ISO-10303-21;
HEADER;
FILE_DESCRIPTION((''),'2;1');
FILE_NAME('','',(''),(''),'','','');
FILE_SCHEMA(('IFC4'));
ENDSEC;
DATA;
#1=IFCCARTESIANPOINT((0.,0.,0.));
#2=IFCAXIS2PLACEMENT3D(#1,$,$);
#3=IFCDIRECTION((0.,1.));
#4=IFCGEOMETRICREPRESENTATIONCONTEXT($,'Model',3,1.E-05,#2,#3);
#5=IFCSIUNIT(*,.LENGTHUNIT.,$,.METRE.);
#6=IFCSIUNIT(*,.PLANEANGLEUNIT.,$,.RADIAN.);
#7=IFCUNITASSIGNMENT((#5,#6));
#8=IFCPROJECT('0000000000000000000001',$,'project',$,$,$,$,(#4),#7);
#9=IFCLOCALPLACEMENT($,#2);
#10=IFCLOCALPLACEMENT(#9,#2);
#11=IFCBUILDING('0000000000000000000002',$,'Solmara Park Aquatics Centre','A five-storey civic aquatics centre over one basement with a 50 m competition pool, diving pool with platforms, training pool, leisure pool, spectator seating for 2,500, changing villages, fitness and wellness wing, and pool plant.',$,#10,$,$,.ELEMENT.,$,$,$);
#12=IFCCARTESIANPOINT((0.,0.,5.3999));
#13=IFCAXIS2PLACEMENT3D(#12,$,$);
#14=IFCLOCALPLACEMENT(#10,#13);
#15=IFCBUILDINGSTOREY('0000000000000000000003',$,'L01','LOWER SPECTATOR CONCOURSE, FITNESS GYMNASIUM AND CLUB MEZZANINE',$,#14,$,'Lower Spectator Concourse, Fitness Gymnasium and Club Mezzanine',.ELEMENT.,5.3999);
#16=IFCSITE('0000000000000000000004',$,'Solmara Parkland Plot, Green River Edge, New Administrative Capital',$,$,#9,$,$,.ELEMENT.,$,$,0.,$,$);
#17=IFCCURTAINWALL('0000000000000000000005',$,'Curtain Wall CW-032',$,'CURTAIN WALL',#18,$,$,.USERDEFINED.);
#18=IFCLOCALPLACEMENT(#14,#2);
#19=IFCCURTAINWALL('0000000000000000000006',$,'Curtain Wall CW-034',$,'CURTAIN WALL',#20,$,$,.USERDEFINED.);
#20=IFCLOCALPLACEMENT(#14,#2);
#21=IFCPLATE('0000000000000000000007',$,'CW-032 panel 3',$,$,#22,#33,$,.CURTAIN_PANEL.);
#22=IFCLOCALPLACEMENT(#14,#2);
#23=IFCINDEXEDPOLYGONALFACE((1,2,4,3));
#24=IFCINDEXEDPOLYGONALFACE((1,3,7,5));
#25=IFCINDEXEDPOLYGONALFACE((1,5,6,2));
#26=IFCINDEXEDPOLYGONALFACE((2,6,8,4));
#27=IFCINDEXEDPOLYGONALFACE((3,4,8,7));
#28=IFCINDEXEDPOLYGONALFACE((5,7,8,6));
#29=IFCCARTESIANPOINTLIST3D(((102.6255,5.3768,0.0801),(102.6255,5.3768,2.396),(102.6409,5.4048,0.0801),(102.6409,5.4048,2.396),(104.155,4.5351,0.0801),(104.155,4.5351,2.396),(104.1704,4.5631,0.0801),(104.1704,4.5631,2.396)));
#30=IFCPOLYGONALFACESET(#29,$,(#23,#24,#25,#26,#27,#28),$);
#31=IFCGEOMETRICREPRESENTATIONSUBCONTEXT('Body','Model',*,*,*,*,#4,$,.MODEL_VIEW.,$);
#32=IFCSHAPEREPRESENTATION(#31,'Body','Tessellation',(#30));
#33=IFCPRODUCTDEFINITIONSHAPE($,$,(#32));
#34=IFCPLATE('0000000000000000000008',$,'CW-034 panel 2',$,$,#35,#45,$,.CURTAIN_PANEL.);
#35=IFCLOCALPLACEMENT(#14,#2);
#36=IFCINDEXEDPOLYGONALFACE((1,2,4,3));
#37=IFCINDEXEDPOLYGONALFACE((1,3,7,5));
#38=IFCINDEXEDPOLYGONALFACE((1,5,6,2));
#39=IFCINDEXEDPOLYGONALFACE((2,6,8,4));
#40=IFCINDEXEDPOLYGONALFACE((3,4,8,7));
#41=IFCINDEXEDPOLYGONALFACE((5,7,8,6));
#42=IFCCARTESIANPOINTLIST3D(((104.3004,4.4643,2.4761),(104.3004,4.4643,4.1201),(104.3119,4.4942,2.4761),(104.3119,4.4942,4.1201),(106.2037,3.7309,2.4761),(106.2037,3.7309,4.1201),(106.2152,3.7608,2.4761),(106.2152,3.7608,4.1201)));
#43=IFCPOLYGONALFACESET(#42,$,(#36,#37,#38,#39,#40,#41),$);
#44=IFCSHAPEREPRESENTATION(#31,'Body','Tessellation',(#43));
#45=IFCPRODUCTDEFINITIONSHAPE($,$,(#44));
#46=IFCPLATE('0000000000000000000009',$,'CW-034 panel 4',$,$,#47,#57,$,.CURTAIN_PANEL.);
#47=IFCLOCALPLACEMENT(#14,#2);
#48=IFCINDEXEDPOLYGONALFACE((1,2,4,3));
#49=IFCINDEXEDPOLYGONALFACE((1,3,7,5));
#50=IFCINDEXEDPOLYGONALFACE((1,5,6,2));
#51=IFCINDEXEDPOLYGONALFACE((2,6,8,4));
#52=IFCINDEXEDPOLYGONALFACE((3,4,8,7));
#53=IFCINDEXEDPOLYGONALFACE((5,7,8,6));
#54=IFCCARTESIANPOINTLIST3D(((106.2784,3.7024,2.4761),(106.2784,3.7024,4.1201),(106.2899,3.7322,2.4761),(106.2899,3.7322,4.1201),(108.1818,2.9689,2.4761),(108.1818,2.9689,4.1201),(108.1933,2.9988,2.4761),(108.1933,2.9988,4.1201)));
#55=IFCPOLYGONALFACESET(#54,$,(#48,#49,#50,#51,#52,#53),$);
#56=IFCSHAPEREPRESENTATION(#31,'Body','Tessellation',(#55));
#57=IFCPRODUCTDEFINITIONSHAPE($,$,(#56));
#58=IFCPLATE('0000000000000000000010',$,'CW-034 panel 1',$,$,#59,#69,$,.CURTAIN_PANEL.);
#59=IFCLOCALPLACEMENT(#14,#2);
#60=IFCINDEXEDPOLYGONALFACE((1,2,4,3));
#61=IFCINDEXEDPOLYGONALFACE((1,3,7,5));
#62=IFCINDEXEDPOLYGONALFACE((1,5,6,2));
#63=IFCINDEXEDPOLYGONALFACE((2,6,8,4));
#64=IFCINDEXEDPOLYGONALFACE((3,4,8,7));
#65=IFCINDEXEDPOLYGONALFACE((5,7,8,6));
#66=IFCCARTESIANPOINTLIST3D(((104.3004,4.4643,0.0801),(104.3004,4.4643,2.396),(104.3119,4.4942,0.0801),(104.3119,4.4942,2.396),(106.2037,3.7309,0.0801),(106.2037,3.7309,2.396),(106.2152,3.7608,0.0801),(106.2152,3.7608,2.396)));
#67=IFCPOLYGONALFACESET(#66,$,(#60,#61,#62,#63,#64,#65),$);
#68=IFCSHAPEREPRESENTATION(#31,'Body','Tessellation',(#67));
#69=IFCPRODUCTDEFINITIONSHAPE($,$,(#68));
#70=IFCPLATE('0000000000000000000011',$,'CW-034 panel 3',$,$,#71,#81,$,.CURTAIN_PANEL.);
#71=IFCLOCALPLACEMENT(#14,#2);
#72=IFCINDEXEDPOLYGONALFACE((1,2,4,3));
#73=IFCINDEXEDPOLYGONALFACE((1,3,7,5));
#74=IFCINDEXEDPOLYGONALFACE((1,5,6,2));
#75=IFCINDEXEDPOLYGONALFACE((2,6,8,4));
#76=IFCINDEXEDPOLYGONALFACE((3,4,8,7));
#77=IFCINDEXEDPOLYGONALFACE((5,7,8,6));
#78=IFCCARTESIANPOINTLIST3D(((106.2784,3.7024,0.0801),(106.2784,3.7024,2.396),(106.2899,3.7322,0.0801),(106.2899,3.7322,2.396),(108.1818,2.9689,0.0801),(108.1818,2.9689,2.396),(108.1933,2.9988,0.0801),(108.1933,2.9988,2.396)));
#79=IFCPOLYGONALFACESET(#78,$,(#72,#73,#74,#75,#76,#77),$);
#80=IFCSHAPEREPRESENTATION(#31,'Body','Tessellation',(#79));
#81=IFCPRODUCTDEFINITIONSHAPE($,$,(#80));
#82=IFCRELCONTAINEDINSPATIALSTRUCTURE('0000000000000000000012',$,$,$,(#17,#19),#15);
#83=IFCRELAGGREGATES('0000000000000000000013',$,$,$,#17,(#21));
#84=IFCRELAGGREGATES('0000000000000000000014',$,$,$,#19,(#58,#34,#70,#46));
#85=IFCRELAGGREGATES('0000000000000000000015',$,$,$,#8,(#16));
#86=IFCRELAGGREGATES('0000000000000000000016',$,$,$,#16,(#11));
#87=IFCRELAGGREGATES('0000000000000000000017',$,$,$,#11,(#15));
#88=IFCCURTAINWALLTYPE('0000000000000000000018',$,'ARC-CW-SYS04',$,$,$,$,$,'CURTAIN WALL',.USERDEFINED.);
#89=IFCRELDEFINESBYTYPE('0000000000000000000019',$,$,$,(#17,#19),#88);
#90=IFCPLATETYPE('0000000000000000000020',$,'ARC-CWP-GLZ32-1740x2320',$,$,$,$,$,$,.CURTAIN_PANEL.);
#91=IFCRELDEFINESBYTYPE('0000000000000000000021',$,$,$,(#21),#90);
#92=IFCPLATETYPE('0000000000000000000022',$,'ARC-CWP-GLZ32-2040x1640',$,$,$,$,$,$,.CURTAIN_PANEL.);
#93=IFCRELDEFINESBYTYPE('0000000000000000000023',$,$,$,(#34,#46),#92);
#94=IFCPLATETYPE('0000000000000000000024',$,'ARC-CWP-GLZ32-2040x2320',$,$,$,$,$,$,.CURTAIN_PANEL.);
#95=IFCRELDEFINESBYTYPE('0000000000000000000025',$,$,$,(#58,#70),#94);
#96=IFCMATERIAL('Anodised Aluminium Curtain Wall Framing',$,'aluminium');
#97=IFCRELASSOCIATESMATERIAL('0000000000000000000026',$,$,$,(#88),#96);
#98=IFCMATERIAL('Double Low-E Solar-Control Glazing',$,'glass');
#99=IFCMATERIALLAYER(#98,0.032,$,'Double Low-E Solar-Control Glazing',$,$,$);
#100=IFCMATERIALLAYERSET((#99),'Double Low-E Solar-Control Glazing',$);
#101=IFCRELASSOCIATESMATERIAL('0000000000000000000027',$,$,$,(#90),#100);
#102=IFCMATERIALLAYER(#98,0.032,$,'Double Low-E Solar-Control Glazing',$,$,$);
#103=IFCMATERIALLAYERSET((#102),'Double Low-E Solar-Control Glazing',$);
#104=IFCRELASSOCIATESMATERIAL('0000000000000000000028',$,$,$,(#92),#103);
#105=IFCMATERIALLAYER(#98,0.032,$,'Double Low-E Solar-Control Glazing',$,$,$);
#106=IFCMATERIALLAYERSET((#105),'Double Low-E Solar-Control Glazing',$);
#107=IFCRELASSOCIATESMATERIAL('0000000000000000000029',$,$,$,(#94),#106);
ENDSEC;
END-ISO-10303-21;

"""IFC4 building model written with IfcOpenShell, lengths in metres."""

from ifc_helpers import new_model, si_unit, direction, frame, origin, origin_2d, place, context, subcontext, project, spatial, rectangle, extrude, material, layer, layer_set, type_object, element, aggregate, save


model = new_model("IFC4")

# Units and contexts
model_context = context("Model", 3, precision=1e-05, world=origin(), true_north=direction((0.0, 1.0)))
body_context = subcontext(model_context, "Body", "Model", "MODEL_VIEW")
ifc_project = project(units=[si_unit("LENGTHUNIT", "METRE"), si_unit("PLANEANGLEUNIT", "RADIAN")], contexts=[model_context])

# Site, building, storey
site_placement = place(None, origin())
site = spatial("IfcSite", under=ifc_project, at=site_placement, Name="Solmara Parkland Plot, Green River Edge, New Administrative Capital", CompositionType="ELEMENT", RefElevation=0.0)
building_placement = place(site_placement, origin())
building = spatial("IfcBuilding", under=site, at=building_placement, Name="Solmara Park Aquatics Centre", Description="A five-storey civic aquatics centre over one basement with a 50 m competition pool, diving pool with platforms, training pool, leisure pool, spectator seating for 2,500, changing villages, fitness and wellness wing, and pool plant.", CompositionType="ELEMENT")
storey_placement = place(building_placement, frame((0.0, 0.0, 5.3999)))
storey = spatial("IfcBuildingStorey", under=building, at=storey_placement, Name="L01", Description="LOWER SPECTATOR CONCOURSE, FITNESS GYMNASIUM AND CLUB MEZZANINE", LongName="Lower Spectator Concourse, Fitness Gymnasium and Club Mezzanine", CompositionType="ELEMENT", Elevation=5.3999)

# Curtain walls
ifc_material_1 = material(Name="Anodised Aluminium Curtain Wall Framing", Category="aluminium")
curtain_wall_type = type_object("IfcCurtainWallType", Name="ARC-CW-SYS04", ElementType="CURTAIN WALL", PredefinedType="USERDEFINED", material=ifc_material_1)
curtain_wall_1_placement = place(storey_placement, origin())
curtain_wall_1 = element("IfcCurtainWall", 1, at=curtain_wall_1_placement, inside=storey, type_object=curtain_wall_type, Name="Curtain Wall CW-032", ObjectType="CURTAIN WALL", PredefinedType="USERDEFINED")
curtain_wall_2_placement = place(storey_placement, origin())
curtain_wall_2 = element("IfcCurtainWall", 2, at=curtain_wall_2_placement, inside=storey, type_object=curtain_wall_type, Name="Curtain Wall CW-034", ObjectType="CURTAIN WALL", PredefinedType="USERDEFINED")

# Plates
ifc_material_2 = material(Name="Double Low-E Solar-Control Glazing", Category="glass")
ifc_layer_1 = layer(ifc_material_2, 0.032, Name="Double Low-E Solar-Control Glazing")
ifc_layer_set_1 = layer_set([ifc_layer_1], Name="Double Low-E Solar-Control Glazing")
plate_type_1 = type_object("IfcPlateType", Name="ARC-CWP-GLZ32-1740x2320", PredefinedType="CURTAIN_PANEL", material=ifc_layer_set_1)
plate_1_placement = place(storey_placement, frame((103.3979, 4.97, 0.0801), z_axis=(0.0, 0.0, 1.0), x_axis=(0.876105, -0.482121, 0.0)))
plate_1 = element("IfcPlate", 3, at=plate_1_placement, type_object=plate_type_1, Name="CW-032 panel 3", PredefinedType="CURTAIN_PANEL", context=body_context, shape_type="SweptSolid", body=[
    extrude(rectangle(XDim=1.7458, YDim=0.032, at=origin_2d()), origin(), (0.0, 0.0, 1.0), 2.3159),
])
aggregate(curtain_wall_1, [plate_1])
ifc_layer_2 = layer(ifc_material_2, 0.032, Name="Double Low-E Solar-Control Glazing")
ifc_layer_set_2 = layer_set([ifc_layer_2], Name="Double Low-E Solar-Control Glazing")
plate_type_2 = type_object("IfcPlateType", Name="ARC-CWP-GLZ32-2040x1640", PredefinedType="CURTAIN_PANEL", material=ifc_layer_set_2)
plate_2_placement = place(storey_placement, frame((105.2578, 4.1125, 2.4761), z_axis=(0.0, 0.0, 1.0), x_axis=(0.93312, -0.359565, 0.0)))
plate_2 = element("IfcPlate", 4, at=plate_2_placement, type_object=plate_type_2, Name="CW-034 panel 2", PredefinedType="CURTAIN_PANEL", context=body_context, shape_type="SweptSolid", body=[
    extrude(rectangle(XDim=2.0398, YDim=0.032, at=origin_2d()), origin(), (0.0, 0.0, 1.0), 1.644),
])
plate_3_placement = place(storey_placement, frame((107.2358, 3.3506, 2.4761), z_axis=(0.0, 0.0, 1.0), x_axis=(0.93312, -0.359565, 0.0)))
plate_3 = element("IfcPlate", 5, at=plate_3_placement, type_object=plate_type_2, Name="CW-034 panel 4", PredefinedType="CURTAIN_PANEL", context=body_context, shape_type="SweptSolid", body=[
    extrude(rectangle(XDim=2.0398, YDim=0.032, at=origin_2d()), origin(), (0.0, 0.0, 1.0), 1.644),
])
ifc_layer_3 = layer(ifc_material_2, 0.032, Name="Double Low-E Solar-Control Glazing")
ifc_layer_set_3 = layer_set([ifc_layer_3], Name="Double Low-E Solar-Control Glazing")
plate_type_3 = type_object("IfcPlateType", Name="ARC-CWP-GLZ32-2040x2320", PredefinedType="CURTAIN_PANEL", material=ifc_layer_set_3)
plate_4_placement = place(storey_placement, frame((105.2578, 4.1125, 0.0801), z_axis=(0.0, 0.0, 1.0), x_axis=(0.93312, -0.359565, 0.0)))
plate_4 = element("IfcPlate", 6, at=plate_4_placement, type_object=plate_type_3, Name="CW-034 panel 1", PredefinedType="CURTAIN_PANEL", context=body_context, shape_type="SweptSolid", body=[
    extrude(rectangle(XDim=2.0398, YDim=0.032, at=origin_2d()), origin(), (0.0, 0.0, 1.0), 2.3159),
])
plate_5_placement = place(storey_placement, frame((107.2358, 3.3506, 0.0801), z_axis=(0.0, 0.0, 1.0), x_axis=(0.93312, -0.359565, 0.0)))
plate_5 = element("IfcPlate", 7, at=plate_5_placement, type_object=plate_type_3, Name="CW-034 panel 3", PredefinedType="CURTAIN_PANEL", context=body_context, shape_type="SweptSolid", body=[
    extrude(rectangle(XDim=2.0398, YDim=0.032, at=origin_2d()), origin(), (0.0, 0.0, 1.0), 2.3159),
])
aggregate(curtain_wall_2, [plate_4, plate_2, plate_5, plate_3])

save(model, "model.ifc")
